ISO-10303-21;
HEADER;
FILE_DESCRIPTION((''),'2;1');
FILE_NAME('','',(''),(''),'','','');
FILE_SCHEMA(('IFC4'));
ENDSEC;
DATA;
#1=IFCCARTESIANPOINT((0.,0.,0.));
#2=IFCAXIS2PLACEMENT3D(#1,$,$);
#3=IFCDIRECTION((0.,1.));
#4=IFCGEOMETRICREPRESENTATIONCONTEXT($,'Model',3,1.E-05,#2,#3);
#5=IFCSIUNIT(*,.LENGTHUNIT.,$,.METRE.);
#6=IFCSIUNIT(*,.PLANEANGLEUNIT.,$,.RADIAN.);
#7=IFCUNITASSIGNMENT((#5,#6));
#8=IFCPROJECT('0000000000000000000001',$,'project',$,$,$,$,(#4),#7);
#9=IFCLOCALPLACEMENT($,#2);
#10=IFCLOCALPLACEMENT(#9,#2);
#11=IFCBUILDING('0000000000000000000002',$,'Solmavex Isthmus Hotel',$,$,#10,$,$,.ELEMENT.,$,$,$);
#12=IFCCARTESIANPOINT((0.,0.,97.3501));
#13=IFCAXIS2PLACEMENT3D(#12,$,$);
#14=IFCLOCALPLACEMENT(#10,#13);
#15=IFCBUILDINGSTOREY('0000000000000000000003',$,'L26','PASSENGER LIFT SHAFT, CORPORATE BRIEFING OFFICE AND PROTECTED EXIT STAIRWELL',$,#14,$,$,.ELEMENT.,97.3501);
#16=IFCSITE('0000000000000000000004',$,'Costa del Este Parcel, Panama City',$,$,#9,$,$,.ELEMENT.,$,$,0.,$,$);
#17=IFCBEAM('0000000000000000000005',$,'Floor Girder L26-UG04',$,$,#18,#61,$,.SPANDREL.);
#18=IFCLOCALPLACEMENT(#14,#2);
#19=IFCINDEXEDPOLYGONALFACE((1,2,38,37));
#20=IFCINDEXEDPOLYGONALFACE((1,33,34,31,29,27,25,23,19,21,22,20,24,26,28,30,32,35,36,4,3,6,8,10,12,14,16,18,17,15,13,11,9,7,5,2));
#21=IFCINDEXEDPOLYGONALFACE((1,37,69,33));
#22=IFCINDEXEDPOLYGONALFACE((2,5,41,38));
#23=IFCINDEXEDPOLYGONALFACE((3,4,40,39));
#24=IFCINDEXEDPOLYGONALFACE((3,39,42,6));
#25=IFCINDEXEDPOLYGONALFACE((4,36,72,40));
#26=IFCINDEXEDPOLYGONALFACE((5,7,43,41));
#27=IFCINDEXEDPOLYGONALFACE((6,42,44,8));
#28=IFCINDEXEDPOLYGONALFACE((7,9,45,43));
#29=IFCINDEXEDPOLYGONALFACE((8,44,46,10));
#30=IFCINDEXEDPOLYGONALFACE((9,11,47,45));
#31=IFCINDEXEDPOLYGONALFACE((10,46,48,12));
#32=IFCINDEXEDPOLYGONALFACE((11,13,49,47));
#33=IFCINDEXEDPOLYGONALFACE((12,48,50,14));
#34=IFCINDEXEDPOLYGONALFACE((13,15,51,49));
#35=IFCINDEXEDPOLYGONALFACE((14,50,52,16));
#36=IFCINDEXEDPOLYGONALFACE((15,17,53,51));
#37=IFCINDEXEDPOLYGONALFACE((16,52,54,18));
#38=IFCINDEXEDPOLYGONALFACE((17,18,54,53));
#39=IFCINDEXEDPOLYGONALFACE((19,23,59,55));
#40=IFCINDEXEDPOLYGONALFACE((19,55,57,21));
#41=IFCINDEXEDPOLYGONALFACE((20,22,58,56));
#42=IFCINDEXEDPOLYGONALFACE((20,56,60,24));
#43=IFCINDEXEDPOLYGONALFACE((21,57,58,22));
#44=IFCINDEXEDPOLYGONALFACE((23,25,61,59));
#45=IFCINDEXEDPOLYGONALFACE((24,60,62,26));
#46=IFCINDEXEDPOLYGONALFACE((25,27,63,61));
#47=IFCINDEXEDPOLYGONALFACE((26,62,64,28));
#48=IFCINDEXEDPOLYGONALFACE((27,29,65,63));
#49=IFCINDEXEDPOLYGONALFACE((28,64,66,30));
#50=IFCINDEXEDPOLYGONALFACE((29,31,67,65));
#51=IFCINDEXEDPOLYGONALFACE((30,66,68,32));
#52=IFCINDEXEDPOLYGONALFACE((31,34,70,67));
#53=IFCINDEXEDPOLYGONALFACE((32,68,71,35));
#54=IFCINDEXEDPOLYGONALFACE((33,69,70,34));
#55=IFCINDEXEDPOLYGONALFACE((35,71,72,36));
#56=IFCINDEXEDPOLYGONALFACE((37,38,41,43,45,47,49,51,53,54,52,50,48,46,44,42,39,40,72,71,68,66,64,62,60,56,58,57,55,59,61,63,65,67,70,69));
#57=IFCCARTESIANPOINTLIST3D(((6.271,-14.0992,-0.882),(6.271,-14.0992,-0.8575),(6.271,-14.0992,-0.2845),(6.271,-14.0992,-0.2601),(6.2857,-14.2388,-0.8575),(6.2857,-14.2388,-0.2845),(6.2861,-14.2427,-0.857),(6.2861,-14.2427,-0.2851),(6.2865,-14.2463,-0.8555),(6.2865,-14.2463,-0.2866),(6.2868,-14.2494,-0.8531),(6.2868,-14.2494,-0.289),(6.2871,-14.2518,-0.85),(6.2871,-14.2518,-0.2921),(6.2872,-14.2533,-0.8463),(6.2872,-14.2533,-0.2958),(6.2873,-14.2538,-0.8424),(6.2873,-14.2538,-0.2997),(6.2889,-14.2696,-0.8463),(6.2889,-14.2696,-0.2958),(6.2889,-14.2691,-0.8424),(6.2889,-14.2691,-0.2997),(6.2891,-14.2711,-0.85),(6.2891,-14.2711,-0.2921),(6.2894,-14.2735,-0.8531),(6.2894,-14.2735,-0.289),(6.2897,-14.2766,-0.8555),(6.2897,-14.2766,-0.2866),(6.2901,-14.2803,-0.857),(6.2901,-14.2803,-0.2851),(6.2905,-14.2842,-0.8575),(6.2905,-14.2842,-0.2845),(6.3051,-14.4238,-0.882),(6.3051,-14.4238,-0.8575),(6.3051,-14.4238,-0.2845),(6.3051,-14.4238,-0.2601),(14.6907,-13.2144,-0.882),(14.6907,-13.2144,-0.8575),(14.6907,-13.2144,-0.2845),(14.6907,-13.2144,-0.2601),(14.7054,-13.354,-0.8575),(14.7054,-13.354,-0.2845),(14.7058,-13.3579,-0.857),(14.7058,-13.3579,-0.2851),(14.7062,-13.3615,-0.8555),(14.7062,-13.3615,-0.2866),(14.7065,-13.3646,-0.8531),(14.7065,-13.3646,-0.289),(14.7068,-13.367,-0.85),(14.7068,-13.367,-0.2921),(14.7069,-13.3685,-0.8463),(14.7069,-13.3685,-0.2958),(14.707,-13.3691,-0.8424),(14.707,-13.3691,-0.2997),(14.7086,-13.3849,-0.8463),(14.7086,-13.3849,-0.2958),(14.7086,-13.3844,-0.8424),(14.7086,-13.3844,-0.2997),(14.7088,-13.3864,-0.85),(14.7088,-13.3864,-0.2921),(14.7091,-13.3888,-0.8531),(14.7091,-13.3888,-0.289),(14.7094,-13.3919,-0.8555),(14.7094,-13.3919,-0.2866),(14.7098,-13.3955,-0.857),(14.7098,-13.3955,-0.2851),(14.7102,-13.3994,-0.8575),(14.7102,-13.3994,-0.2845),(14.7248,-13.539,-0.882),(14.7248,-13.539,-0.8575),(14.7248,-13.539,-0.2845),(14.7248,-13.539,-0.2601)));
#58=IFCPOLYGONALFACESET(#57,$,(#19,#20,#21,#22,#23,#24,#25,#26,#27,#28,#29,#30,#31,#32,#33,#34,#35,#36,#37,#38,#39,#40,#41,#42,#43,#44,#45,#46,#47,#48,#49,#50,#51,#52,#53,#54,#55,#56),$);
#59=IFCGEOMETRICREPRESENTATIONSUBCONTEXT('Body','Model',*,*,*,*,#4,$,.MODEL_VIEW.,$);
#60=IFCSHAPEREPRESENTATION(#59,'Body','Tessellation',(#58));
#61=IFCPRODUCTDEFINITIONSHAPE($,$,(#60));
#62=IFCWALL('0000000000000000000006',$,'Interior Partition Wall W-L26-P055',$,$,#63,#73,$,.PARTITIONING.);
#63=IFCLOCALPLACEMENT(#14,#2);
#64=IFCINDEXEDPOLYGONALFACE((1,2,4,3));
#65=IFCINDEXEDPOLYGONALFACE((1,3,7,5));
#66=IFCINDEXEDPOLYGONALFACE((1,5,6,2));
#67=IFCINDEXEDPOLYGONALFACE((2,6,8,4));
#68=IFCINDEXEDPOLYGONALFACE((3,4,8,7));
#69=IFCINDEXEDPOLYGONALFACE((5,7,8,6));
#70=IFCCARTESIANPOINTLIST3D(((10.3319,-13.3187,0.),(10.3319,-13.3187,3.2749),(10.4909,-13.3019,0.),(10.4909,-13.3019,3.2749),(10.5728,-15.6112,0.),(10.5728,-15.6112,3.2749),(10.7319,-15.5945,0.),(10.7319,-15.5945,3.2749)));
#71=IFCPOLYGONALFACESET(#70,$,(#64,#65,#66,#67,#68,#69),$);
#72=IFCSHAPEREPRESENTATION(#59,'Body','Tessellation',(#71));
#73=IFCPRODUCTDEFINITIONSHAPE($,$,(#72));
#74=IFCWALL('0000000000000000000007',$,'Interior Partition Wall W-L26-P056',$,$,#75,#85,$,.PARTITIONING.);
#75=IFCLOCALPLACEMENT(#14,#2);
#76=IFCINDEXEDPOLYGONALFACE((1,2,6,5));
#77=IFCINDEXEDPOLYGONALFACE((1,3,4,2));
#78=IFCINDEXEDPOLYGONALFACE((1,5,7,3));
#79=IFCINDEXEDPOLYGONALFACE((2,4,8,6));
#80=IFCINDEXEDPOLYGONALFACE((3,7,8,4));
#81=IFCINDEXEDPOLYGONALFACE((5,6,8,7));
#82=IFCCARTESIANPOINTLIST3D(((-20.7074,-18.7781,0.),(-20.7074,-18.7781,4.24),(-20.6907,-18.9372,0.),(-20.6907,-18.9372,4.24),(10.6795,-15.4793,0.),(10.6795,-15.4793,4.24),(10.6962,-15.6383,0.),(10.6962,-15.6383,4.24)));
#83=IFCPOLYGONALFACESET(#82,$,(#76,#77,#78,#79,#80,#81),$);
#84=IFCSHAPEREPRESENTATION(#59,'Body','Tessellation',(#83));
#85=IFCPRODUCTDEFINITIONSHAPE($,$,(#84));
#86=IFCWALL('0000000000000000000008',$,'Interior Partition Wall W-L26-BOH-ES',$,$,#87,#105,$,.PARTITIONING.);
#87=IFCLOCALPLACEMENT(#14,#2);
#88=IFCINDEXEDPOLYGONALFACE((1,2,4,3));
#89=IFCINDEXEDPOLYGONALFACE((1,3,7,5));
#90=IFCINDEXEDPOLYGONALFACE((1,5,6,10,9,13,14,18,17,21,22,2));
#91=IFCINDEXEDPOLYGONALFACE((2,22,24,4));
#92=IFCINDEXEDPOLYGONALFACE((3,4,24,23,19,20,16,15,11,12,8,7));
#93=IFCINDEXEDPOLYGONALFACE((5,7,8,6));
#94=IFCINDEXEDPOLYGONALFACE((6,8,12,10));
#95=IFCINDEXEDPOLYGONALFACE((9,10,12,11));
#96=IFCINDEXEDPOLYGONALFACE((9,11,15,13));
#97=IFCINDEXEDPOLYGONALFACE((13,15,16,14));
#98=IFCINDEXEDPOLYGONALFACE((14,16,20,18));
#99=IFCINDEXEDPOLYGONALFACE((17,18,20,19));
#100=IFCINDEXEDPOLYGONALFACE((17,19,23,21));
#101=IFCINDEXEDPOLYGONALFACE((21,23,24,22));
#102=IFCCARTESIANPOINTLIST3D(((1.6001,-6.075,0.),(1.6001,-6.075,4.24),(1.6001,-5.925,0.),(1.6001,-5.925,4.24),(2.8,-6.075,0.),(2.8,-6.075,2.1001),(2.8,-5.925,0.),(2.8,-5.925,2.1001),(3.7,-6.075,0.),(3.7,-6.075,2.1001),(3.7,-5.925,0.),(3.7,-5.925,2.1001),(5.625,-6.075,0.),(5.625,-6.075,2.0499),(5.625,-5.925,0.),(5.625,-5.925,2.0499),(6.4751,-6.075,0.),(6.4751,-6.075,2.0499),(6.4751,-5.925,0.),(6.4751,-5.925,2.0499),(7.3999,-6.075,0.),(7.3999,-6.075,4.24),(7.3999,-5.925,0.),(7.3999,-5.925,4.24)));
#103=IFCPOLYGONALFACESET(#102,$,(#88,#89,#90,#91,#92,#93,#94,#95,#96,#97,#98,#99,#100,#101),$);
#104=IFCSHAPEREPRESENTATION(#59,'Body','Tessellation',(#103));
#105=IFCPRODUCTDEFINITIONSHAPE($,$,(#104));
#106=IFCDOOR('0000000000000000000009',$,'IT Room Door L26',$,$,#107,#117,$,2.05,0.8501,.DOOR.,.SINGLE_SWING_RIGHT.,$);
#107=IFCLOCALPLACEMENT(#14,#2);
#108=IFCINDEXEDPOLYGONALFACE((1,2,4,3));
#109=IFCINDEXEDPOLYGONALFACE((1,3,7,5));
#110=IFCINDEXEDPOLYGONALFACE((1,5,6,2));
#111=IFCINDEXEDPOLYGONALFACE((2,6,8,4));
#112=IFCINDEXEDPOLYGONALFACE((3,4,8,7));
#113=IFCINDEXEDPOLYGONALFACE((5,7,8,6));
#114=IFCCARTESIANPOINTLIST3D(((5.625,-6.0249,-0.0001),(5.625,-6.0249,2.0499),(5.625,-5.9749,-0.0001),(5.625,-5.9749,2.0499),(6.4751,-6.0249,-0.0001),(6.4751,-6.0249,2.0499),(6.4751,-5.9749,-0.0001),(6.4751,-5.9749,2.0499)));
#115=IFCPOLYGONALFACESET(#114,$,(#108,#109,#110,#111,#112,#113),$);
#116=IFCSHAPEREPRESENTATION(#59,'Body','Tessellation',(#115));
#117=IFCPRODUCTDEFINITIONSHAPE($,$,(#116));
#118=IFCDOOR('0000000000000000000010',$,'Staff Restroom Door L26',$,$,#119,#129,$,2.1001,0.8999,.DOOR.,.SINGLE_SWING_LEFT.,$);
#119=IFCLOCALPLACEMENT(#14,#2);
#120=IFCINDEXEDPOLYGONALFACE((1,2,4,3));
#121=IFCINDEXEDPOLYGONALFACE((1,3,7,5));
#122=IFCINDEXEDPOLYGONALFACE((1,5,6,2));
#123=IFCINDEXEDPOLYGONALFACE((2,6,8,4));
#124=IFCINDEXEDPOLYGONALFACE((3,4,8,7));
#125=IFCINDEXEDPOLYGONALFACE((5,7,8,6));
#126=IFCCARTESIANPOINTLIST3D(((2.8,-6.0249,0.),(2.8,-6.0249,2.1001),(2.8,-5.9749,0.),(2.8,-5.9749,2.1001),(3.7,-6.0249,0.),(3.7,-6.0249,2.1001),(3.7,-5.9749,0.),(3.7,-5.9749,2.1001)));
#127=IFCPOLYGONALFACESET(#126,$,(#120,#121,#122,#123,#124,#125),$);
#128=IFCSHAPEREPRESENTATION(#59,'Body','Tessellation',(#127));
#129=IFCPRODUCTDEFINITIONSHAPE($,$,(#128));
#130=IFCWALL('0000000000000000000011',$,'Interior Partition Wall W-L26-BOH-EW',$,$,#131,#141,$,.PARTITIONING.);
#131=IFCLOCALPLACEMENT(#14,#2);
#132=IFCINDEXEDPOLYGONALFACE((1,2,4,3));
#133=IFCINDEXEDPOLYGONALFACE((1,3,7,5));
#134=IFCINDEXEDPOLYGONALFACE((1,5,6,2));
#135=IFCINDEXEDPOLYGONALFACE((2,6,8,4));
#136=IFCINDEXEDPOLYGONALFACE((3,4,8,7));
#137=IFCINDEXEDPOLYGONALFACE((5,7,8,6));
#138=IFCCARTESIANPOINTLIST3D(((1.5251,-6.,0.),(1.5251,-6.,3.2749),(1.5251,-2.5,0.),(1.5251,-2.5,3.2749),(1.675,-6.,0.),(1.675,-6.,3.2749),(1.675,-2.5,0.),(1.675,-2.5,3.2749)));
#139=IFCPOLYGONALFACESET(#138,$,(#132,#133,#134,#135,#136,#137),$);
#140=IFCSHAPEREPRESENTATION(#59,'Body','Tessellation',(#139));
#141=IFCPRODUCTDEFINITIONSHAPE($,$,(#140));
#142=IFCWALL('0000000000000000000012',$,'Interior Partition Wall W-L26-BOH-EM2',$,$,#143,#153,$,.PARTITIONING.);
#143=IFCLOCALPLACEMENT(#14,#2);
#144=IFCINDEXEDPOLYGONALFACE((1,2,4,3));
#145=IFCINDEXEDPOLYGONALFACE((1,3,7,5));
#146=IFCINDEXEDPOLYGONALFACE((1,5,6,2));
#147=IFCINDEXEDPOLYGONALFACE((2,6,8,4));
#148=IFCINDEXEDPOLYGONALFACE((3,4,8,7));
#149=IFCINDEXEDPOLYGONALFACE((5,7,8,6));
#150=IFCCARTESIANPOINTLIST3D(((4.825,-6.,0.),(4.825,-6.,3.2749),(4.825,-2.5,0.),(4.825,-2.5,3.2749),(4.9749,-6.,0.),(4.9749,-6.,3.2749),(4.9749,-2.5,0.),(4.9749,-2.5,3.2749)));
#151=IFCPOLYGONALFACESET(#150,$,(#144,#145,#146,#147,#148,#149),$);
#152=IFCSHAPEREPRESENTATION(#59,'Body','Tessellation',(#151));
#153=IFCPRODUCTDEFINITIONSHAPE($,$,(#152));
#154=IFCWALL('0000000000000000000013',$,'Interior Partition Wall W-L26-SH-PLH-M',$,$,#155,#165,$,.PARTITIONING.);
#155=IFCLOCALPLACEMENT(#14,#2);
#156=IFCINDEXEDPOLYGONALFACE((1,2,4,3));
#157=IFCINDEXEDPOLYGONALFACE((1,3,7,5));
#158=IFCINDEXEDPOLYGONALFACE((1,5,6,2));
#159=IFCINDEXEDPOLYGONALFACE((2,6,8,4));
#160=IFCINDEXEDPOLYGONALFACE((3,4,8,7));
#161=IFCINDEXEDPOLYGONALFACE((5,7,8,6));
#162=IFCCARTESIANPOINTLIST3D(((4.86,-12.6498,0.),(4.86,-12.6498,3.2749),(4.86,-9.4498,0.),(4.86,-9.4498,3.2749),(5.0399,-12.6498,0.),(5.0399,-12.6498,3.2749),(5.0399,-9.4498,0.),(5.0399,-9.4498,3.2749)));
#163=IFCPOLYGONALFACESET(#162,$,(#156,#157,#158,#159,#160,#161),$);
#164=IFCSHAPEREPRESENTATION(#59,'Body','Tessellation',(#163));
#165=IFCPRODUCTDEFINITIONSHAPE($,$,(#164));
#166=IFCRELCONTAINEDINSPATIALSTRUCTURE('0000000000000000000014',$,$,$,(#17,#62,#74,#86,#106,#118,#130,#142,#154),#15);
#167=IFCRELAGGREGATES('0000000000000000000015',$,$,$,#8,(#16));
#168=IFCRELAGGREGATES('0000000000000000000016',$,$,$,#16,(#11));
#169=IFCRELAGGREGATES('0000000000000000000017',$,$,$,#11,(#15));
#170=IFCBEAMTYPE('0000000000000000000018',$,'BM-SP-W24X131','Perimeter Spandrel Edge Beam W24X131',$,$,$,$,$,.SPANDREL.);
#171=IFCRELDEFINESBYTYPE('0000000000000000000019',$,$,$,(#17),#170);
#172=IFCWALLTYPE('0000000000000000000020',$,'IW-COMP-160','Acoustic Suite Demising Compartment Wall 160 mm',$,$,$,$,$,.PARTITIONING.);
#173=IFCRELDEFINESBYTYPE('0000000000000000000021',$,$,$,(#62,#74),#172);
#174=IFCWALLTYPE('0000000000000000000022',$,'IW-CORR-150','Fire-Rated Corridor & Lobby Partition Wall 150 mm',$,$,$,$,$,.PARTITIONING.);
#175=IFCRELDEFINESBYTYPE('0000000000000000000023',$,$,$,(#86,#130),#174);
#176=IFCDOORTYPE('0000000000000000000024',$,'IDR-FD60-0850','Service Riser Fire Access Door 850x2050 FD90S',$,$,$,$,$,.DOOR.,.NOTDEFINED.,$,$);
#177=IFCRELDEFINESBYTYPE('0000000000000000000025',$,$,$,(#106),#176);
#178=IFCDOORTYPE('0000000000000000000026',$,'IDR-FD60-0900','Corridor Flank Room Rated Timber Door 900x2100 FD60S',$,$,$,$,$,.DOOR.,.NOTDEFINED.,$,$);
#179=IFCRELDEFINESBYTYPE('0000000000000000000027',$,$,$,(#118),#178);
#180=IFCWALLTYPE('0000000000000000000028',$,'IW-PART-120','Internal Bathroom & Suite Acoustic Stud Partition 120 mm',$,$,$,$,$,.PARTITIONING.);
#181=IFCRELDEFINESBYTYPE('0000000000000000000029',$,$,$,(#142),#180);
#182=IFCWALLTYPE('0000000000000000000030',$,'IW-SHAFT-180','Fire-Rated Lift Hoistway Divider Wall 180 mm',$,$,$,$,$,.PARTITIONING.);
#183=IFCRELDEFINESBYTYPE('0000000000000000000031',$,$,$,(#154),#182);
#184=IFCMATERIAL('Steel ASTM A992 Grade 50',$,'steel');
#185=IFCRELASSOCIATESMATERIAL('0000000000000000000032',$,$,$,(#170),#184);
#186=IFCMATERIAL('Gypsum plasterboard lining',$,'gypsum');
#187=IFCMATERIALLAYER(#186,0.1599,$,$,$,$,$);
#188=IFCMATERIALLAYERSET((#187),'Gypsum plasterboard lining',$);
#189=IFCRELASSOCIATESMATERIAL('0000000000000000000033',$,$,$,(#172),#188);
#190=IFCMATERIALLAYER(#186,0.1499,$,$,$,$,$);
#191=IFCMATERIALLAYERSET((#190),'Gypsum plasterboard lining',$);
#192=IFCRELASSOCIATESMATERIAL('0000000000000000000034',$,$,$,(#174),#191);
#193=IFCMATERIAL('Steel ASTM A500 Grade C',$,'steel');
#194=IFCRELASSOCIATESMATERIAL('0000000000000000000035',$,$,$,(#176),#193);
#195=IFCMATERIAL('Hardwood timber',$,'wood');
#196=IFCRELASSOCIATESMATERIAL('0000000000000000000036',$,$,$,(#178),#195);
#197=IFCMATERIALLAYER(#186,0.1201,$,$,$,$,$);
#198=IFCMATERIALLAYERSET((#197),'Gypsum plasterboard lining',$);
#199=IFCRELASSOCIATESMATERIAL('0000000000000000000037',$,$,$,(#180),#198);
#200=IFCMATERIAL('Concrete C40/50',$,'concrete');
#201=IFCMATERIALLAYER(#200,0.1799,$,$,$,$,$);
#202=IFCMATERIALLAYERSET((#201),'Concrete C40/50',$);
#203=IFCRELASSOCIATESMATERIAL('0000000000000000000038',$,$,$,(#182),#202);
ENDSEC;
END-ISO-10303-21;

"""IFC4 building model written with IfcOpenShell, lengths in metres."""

from ifc_helpers import new_model, si_unit, direction, frame, frame_2d, origin, origin_2d, place, context, subcontext, project, spatial, rectangle, i_section, extrude, material, layer, layer_set, material_profile, profile_set, type_object, element, fill, save


model = new_model("IFC4")

# Units and contexts
model_context = context("Model", 3, precision=1e-05, world=origin(), true_north=direction((0.0, 1.0)))
body_context = subcontext(model_context, "Body", "Model", "MODEL_VIEW")
ifc_project = project(units=[si_unit("LENGTHUNIT", "METRE"), si_unit("PLANEANGLEUNIT", "RADIAN")], contexts=[model_context])

# Site, building, storey
site_placement = place(None, origin())
site = spatial("IfcSite", under=ifc_project, at=site_placement, Name="Costa del Este Parcel, Panama City", CompositionType="ELEMENT", RefElevation=0.0)
building_placement = place(site_placement, origin())
building = spatial("IfcBuilding", under=site, at=building_placement, Name="Solmavex Isthmus Hotel", CompositionType="ELEMENT")
storey_placement = place(building_placement, frame((0.0, 0.0, 97.3501)))
storey = spatial("IfcBuildingStorey", under=building, at=storey_placement, Name="L26", Description="PASSENGER LIFT SHAFT, CORPORATE BRIEFING OFFICE AND PROTECTED EXIT STAIRWELL", CompositionType="ELEMENT", Elevation=97.3501)

# Beam
ifc_material_1 = material(Name="Steel ASTM A992 Grade 50", Category="steel")
ifc_material_profile_1 = material_profile(ifc_material_1, i_section(OverallWidth=0.3264, OverallDepth=0.6218, WebThickness=0.0154, FlangeThickness=0.0244, FilletRadius=0.0151, at=origin_2d()), Name="W24X131")
ifc_profile_set_1 = profile_set([ifc_material_profile_1], Name="Steel ASTM A992 Grade 50")
beam_type_1 = type_object("IfcBeamType", Name="BM-SP-W24X131", Description="Perimeter Spandrel Edge Beam W24X131", PredefinedType="SPANDREL", material=ifc_profile_set_1)
beam_1_placement = place(storey_placement, frame((6.2881, -14.2615, -0.571), z_axis=(0.994524, 0.104508, 0.0), x_axis=(-0.104508, 0.994524, 0.0)))
element("IfcBeam", 1, at=beam_1_placement, inside=storey, type_object=beam_type_1, Name="Floor Girder L26-UG04", PredefinedType="SPANDREL", context=body_context, shape_type="SweptSolid", body=[
    extrude(i_section(OverallWidth=0.3264, OverallDepth=0.6218, WebThickness=0.0154, FlangeThickness=0.0244, FilletRadius=0.0151, at=origin_2d()), origin(), (0.0, 0.0, 1.0), 8.4661),
])

# Walls
ifc_material_2 = material(Name="Gypsum plasterboard lining", Category="gypsum")
ifc_layer_1 = layer(ifc_material_2, 0.1599)
ifc_layer_set_1 = layer_set([ifc_layer_1], Name="Gypsum plasterboard lining")
wall_type_1 = type_object("IfcWallType", Name="IW-COMP-160", Description="Acoustic Suite Demising Compartment Wall 160 mm", PredefinedType="PARTITIONING", material=ifc_layer_set_1)
wall_1_placement = place(storey_placement, frame((10.4114, -13.3103, 0.0), z_axis=(0.0, 0.0, 1.0), x_axis=(0.104536, -0.994521, 0.0)))
element("IfcWall", 2, at=wall_1_placement, inside=storey, type_object=wall_type_1, Name="Interior Partition Wall W-L26-P055", PredefinedType="PARTITIONING", context=body_context, shape_type="SweptSolid", body=[
    extrude(rectangle(XDim=2.3052, YDim=0.1599, at=frame_2d((1.1526, 0.0))), origin(), (0.0, 0.0, 1.0), 3.2749),
])
wall_2_placement = place(storey_placement, frame((10.6877, -15.5588, 0.0), z_axis=(0.0, 0.0, 1.0), x_axis=(-0.994522, -0.104526, 0.0)))
element("IfcWall", 3, at=wall_2_placement, inside=storey, type_object=wall_type_1, Name="Interior Partition Wall W-L26-P056", PredefinedType="PARTITIONING", context=body_context, shape_type="SweptSolid", body=[
    extrude(rectangle(XDim=31.5598, YDim=0.1599, at=frame_2d((15.7798, 0.0))), origin(), (0.0, 0.0, 1.0), 4.24),
])

# Wall, openings, doors
ifc_layer_2 = layer(ifc_material_2, 0.1499)
ifc_layer_set_2 = layer_set([ifc_layer_2], Name="Gypsum plasterboard lining")
wall_type_2 = type_object("IfcWallType", Name="IW-CORR-150", Description="Fire-Rated Corridor & Lobby Partition Wall 150 mm", PredefinedType="PARTITIONING", material=ifc_layer_set_2)
wall_3_placement = place(storey_placement, frame((1.6001, -6.0, 0.0), z_axis=(0.0, 0.0, 1.0), x_axis=(1.0, 0.0, 0.0)))
wall_3 = element("IfcWall", 4, at=wall_3_placement, inside=storey, type_object=wall_type_2, Name="Interior Partition Wall W-L26-BOH-ES", PredefinedType="PARTITIONING", context=body_context, shape_type="SweptSolid", body=[
    extrude(rectangle(XDim=5.7998, YDim=0.1499, at=frame_2d((2.8999, 0.0))), origin(), (0.0, 0.0, 1.0), 4.24),
])
opening_1_placement = place(wall_3_placement, frame((1.2, 0.0, 0.0)))
opening_1 = element("IfcOpeningElement", 5, at=opening_1_placement, cuts=wall_3, PredefinedType="OPENING", context=body_context, shape_type="SweptSolid", body=[
    extrude(rectangle(XDim=0.8999, YDim=2.1001, at=frame_2d((0.45, 1.05))), frame((0.0, 0.085, 0.0), z_axis=(0.0, -1.0, 0.0), x_axis=(1.0, 0.0, 0.0)), (0.0, 0.0, 1.0), 0.1699),
])
opening_2_placement = place(wall_3_placement, frame((4.0249, 0.0, 0.0)))
opening_2 = element("IfcOpeningElement", 6, at=opening_2_placement, cuts=wall_3, PredefinedType="OPENING", context=body_context, shape_type="SweptSolid", body=[
    extrude(rectangle(XDim=0.8501, YDim=2.05, at=frame_2d((0.425, 1.0249))), frame((0.0, 0.085, 0.0), z_axis=(0.0, -1.0, 0.0), x_axis=(1.0, 0.0, 0.0)), (0.0, 0.0, 1.0), 0.1699),
])
ifc_material_3 = material(Name="Steel ASTM A500 Grade C", Category="steel")
door_type_1 = type_object("IfcDoorType", Name="IDR-FD60-0850", Description="Service Riser Fire Access Door 850x2050 FD90S", OperationType="NOTDEFINED", PredefinedType="DOOR", material=ifc_material_3)
door_1_placement = place(opening_2_placement, frame((0.8501, 0.0, 0.0), z_axis=(0.0, 0.0, 1.0), x_axis=(-1.0, 0.0, 0.0)))
door_1 = element("IfcDoor", 7, at=door_1_placement, inside=storey, type_object=door_type_1, Name="IT Room Door L26", OperationType="SINGLE_SWING_RIGHT", OverallHeight=2.05, OverallWidth=0.8501, PredefinedType="DOOR", context=body_context, shape_type="SweptSolid", body=[
    extrude(rectangle(XDim=0.8501, YDim=2.05, at=frame_2d((0.425, 1.0249))), frame((0.0, 0.0249, 0.0), z_axis=(0.0, -1.0, 0.0), x_axis=(1.0, 0.0, 0.0)), (0.0, 0.0, 1.0), 0.05),
])
fill(opening_2, door_1)
ifc_material_4 = material(Name="Hardwood timber", Category="wood")
door_type_2 = type_object("IfcDoorType", Name="IDR-FD60-0900", Description="Corridor Flank Room Rated Timber Door 900x2100 FD60S", OperationType="NOTDEFINED", PredefinedType="DOOR", material=ifc_material_4)
door_2_placement = place(opening_1_placement, frame((0.8999, 0.0, 0.0), z_axis=(0.0, 0.0, 1.0), x_axis=(-1.0, 0.0, 0.0)))
door_2 = element("IfcDoor", 8, at=door_2_placement, inside=storey, type_object=door_type_2, Name="Staff Restroom Door L26", OperationType="SINGLE_SWING_LEFT", OverallHeight=2.1001, OverallWidth=0.8999, PredefinedType="DOOR", context=body_context, shape_type="SweptSolid", body=[
    extrude(rectangle(XDim=0.8999, YDim=2.1001, at=frame_2d((0.45, 1.05))), frame((0.0, 0.0249, 0.0), z_axis=(0.0, -1.0, 0.0), x_axis=(1.0, 0.0, 0.0)), (0.0, 0.0, 1.0), 0.05),
])
fill(opening_1, door_2)

# Walls
wall_4_placement = place(storey_placement, frame((1.6001, -6.0, 0.0), z_axis=(0.0, 0.0, 1.0), x_axis=(0.0, 1.0, 0.0)))
element("IfcWall", 9, at=wall_4_placement, inside=storey, type_object=wall_type_2, Name="Interior Partition Wall W-L26-BOH-EW", PredefinedType="PARTITIONING", context=body_context, shape_type="SweptSolid", body=[
    extrude(rectangle(XDim=3.5, YDim=0.1499, at=frame_2d((1.75, 0.0))), origin(), (0.0, 0.0, 1.0), 3.2749),
])
ifc_layer_3 = layer(ifc_material_2, 0.1201)
ifc_layer_set_3 = layer_set([ifc_layer_3], Name="Gypsum plasterboard lining")
wall_type_3 = type_object("IfcWallType", Name="IW-PART-120", Description="Internal Bathroom & Suite Acoustic Stud Partition 120 mm", PredefinedType="PARTITIONING", material=ifc_layer_set_3)
wall_5_placement = place(storey_placement, frame((4.8999, -6.0, 0.0), z_axis=(0.0, 0.0, 1.0), x_axis=(0.0, 1.0, 0.0)))
element("IfcWall", 10, at=wall_5_placement, inside=storey, type_object=wall_type_3, Name="Interior Partition Wall W-L26-BOH-EM2", PredefinedType="PARTITIONING", context=body_context, shape_type="SweptSolid", body=[
    extrude(rectangle(XDim=3.5, YDim=0.1499, at=frame_2d((1.75, 0.0))), origin(), (0.0, 0.0, 1.0), 3.2749),
])
ifc_material_5 = material(Name="Concrete C40/50", Category="concrete")
ifc_layer_4 = layer(ifc_material_5, 0.1799)
ifc_layer_set_4 = layer_set([ifc_layer_4], Name="Concrete C40/50")
wall_type_4 = type_object("IfcWallType", Name="IW-SHAFT-180", Description="Fire-Rated Lift Hoistway Divider Wall 180 mm", PredefinedType="PARTITIONING", material=ifc_layer_set_4)
wall_6_placement = place(storey_placement, frame((4.95, -12.6499, 0.0), z_axis=(0.0, 0.0, 1.0), x_axis=(0.0, 1.0, 0.0)))
element("IfcWall", 11, at=wall_6_placement, inside=storey, type_object=wall_type_4, Name="Interior Partition Wall W-L26-SH-PLH-M", PredefinedType="PARTITIONING", context=body_context, shape_type="SweptSolid", body=[
    extrude(rectangle(XDim=3.2, YDim=0.1799, at=frame_2d((1.6001, 0.0))), origin(), (0.0, 0.0, 1.0), 3.2749),
])

save(model, "model.ifc")
